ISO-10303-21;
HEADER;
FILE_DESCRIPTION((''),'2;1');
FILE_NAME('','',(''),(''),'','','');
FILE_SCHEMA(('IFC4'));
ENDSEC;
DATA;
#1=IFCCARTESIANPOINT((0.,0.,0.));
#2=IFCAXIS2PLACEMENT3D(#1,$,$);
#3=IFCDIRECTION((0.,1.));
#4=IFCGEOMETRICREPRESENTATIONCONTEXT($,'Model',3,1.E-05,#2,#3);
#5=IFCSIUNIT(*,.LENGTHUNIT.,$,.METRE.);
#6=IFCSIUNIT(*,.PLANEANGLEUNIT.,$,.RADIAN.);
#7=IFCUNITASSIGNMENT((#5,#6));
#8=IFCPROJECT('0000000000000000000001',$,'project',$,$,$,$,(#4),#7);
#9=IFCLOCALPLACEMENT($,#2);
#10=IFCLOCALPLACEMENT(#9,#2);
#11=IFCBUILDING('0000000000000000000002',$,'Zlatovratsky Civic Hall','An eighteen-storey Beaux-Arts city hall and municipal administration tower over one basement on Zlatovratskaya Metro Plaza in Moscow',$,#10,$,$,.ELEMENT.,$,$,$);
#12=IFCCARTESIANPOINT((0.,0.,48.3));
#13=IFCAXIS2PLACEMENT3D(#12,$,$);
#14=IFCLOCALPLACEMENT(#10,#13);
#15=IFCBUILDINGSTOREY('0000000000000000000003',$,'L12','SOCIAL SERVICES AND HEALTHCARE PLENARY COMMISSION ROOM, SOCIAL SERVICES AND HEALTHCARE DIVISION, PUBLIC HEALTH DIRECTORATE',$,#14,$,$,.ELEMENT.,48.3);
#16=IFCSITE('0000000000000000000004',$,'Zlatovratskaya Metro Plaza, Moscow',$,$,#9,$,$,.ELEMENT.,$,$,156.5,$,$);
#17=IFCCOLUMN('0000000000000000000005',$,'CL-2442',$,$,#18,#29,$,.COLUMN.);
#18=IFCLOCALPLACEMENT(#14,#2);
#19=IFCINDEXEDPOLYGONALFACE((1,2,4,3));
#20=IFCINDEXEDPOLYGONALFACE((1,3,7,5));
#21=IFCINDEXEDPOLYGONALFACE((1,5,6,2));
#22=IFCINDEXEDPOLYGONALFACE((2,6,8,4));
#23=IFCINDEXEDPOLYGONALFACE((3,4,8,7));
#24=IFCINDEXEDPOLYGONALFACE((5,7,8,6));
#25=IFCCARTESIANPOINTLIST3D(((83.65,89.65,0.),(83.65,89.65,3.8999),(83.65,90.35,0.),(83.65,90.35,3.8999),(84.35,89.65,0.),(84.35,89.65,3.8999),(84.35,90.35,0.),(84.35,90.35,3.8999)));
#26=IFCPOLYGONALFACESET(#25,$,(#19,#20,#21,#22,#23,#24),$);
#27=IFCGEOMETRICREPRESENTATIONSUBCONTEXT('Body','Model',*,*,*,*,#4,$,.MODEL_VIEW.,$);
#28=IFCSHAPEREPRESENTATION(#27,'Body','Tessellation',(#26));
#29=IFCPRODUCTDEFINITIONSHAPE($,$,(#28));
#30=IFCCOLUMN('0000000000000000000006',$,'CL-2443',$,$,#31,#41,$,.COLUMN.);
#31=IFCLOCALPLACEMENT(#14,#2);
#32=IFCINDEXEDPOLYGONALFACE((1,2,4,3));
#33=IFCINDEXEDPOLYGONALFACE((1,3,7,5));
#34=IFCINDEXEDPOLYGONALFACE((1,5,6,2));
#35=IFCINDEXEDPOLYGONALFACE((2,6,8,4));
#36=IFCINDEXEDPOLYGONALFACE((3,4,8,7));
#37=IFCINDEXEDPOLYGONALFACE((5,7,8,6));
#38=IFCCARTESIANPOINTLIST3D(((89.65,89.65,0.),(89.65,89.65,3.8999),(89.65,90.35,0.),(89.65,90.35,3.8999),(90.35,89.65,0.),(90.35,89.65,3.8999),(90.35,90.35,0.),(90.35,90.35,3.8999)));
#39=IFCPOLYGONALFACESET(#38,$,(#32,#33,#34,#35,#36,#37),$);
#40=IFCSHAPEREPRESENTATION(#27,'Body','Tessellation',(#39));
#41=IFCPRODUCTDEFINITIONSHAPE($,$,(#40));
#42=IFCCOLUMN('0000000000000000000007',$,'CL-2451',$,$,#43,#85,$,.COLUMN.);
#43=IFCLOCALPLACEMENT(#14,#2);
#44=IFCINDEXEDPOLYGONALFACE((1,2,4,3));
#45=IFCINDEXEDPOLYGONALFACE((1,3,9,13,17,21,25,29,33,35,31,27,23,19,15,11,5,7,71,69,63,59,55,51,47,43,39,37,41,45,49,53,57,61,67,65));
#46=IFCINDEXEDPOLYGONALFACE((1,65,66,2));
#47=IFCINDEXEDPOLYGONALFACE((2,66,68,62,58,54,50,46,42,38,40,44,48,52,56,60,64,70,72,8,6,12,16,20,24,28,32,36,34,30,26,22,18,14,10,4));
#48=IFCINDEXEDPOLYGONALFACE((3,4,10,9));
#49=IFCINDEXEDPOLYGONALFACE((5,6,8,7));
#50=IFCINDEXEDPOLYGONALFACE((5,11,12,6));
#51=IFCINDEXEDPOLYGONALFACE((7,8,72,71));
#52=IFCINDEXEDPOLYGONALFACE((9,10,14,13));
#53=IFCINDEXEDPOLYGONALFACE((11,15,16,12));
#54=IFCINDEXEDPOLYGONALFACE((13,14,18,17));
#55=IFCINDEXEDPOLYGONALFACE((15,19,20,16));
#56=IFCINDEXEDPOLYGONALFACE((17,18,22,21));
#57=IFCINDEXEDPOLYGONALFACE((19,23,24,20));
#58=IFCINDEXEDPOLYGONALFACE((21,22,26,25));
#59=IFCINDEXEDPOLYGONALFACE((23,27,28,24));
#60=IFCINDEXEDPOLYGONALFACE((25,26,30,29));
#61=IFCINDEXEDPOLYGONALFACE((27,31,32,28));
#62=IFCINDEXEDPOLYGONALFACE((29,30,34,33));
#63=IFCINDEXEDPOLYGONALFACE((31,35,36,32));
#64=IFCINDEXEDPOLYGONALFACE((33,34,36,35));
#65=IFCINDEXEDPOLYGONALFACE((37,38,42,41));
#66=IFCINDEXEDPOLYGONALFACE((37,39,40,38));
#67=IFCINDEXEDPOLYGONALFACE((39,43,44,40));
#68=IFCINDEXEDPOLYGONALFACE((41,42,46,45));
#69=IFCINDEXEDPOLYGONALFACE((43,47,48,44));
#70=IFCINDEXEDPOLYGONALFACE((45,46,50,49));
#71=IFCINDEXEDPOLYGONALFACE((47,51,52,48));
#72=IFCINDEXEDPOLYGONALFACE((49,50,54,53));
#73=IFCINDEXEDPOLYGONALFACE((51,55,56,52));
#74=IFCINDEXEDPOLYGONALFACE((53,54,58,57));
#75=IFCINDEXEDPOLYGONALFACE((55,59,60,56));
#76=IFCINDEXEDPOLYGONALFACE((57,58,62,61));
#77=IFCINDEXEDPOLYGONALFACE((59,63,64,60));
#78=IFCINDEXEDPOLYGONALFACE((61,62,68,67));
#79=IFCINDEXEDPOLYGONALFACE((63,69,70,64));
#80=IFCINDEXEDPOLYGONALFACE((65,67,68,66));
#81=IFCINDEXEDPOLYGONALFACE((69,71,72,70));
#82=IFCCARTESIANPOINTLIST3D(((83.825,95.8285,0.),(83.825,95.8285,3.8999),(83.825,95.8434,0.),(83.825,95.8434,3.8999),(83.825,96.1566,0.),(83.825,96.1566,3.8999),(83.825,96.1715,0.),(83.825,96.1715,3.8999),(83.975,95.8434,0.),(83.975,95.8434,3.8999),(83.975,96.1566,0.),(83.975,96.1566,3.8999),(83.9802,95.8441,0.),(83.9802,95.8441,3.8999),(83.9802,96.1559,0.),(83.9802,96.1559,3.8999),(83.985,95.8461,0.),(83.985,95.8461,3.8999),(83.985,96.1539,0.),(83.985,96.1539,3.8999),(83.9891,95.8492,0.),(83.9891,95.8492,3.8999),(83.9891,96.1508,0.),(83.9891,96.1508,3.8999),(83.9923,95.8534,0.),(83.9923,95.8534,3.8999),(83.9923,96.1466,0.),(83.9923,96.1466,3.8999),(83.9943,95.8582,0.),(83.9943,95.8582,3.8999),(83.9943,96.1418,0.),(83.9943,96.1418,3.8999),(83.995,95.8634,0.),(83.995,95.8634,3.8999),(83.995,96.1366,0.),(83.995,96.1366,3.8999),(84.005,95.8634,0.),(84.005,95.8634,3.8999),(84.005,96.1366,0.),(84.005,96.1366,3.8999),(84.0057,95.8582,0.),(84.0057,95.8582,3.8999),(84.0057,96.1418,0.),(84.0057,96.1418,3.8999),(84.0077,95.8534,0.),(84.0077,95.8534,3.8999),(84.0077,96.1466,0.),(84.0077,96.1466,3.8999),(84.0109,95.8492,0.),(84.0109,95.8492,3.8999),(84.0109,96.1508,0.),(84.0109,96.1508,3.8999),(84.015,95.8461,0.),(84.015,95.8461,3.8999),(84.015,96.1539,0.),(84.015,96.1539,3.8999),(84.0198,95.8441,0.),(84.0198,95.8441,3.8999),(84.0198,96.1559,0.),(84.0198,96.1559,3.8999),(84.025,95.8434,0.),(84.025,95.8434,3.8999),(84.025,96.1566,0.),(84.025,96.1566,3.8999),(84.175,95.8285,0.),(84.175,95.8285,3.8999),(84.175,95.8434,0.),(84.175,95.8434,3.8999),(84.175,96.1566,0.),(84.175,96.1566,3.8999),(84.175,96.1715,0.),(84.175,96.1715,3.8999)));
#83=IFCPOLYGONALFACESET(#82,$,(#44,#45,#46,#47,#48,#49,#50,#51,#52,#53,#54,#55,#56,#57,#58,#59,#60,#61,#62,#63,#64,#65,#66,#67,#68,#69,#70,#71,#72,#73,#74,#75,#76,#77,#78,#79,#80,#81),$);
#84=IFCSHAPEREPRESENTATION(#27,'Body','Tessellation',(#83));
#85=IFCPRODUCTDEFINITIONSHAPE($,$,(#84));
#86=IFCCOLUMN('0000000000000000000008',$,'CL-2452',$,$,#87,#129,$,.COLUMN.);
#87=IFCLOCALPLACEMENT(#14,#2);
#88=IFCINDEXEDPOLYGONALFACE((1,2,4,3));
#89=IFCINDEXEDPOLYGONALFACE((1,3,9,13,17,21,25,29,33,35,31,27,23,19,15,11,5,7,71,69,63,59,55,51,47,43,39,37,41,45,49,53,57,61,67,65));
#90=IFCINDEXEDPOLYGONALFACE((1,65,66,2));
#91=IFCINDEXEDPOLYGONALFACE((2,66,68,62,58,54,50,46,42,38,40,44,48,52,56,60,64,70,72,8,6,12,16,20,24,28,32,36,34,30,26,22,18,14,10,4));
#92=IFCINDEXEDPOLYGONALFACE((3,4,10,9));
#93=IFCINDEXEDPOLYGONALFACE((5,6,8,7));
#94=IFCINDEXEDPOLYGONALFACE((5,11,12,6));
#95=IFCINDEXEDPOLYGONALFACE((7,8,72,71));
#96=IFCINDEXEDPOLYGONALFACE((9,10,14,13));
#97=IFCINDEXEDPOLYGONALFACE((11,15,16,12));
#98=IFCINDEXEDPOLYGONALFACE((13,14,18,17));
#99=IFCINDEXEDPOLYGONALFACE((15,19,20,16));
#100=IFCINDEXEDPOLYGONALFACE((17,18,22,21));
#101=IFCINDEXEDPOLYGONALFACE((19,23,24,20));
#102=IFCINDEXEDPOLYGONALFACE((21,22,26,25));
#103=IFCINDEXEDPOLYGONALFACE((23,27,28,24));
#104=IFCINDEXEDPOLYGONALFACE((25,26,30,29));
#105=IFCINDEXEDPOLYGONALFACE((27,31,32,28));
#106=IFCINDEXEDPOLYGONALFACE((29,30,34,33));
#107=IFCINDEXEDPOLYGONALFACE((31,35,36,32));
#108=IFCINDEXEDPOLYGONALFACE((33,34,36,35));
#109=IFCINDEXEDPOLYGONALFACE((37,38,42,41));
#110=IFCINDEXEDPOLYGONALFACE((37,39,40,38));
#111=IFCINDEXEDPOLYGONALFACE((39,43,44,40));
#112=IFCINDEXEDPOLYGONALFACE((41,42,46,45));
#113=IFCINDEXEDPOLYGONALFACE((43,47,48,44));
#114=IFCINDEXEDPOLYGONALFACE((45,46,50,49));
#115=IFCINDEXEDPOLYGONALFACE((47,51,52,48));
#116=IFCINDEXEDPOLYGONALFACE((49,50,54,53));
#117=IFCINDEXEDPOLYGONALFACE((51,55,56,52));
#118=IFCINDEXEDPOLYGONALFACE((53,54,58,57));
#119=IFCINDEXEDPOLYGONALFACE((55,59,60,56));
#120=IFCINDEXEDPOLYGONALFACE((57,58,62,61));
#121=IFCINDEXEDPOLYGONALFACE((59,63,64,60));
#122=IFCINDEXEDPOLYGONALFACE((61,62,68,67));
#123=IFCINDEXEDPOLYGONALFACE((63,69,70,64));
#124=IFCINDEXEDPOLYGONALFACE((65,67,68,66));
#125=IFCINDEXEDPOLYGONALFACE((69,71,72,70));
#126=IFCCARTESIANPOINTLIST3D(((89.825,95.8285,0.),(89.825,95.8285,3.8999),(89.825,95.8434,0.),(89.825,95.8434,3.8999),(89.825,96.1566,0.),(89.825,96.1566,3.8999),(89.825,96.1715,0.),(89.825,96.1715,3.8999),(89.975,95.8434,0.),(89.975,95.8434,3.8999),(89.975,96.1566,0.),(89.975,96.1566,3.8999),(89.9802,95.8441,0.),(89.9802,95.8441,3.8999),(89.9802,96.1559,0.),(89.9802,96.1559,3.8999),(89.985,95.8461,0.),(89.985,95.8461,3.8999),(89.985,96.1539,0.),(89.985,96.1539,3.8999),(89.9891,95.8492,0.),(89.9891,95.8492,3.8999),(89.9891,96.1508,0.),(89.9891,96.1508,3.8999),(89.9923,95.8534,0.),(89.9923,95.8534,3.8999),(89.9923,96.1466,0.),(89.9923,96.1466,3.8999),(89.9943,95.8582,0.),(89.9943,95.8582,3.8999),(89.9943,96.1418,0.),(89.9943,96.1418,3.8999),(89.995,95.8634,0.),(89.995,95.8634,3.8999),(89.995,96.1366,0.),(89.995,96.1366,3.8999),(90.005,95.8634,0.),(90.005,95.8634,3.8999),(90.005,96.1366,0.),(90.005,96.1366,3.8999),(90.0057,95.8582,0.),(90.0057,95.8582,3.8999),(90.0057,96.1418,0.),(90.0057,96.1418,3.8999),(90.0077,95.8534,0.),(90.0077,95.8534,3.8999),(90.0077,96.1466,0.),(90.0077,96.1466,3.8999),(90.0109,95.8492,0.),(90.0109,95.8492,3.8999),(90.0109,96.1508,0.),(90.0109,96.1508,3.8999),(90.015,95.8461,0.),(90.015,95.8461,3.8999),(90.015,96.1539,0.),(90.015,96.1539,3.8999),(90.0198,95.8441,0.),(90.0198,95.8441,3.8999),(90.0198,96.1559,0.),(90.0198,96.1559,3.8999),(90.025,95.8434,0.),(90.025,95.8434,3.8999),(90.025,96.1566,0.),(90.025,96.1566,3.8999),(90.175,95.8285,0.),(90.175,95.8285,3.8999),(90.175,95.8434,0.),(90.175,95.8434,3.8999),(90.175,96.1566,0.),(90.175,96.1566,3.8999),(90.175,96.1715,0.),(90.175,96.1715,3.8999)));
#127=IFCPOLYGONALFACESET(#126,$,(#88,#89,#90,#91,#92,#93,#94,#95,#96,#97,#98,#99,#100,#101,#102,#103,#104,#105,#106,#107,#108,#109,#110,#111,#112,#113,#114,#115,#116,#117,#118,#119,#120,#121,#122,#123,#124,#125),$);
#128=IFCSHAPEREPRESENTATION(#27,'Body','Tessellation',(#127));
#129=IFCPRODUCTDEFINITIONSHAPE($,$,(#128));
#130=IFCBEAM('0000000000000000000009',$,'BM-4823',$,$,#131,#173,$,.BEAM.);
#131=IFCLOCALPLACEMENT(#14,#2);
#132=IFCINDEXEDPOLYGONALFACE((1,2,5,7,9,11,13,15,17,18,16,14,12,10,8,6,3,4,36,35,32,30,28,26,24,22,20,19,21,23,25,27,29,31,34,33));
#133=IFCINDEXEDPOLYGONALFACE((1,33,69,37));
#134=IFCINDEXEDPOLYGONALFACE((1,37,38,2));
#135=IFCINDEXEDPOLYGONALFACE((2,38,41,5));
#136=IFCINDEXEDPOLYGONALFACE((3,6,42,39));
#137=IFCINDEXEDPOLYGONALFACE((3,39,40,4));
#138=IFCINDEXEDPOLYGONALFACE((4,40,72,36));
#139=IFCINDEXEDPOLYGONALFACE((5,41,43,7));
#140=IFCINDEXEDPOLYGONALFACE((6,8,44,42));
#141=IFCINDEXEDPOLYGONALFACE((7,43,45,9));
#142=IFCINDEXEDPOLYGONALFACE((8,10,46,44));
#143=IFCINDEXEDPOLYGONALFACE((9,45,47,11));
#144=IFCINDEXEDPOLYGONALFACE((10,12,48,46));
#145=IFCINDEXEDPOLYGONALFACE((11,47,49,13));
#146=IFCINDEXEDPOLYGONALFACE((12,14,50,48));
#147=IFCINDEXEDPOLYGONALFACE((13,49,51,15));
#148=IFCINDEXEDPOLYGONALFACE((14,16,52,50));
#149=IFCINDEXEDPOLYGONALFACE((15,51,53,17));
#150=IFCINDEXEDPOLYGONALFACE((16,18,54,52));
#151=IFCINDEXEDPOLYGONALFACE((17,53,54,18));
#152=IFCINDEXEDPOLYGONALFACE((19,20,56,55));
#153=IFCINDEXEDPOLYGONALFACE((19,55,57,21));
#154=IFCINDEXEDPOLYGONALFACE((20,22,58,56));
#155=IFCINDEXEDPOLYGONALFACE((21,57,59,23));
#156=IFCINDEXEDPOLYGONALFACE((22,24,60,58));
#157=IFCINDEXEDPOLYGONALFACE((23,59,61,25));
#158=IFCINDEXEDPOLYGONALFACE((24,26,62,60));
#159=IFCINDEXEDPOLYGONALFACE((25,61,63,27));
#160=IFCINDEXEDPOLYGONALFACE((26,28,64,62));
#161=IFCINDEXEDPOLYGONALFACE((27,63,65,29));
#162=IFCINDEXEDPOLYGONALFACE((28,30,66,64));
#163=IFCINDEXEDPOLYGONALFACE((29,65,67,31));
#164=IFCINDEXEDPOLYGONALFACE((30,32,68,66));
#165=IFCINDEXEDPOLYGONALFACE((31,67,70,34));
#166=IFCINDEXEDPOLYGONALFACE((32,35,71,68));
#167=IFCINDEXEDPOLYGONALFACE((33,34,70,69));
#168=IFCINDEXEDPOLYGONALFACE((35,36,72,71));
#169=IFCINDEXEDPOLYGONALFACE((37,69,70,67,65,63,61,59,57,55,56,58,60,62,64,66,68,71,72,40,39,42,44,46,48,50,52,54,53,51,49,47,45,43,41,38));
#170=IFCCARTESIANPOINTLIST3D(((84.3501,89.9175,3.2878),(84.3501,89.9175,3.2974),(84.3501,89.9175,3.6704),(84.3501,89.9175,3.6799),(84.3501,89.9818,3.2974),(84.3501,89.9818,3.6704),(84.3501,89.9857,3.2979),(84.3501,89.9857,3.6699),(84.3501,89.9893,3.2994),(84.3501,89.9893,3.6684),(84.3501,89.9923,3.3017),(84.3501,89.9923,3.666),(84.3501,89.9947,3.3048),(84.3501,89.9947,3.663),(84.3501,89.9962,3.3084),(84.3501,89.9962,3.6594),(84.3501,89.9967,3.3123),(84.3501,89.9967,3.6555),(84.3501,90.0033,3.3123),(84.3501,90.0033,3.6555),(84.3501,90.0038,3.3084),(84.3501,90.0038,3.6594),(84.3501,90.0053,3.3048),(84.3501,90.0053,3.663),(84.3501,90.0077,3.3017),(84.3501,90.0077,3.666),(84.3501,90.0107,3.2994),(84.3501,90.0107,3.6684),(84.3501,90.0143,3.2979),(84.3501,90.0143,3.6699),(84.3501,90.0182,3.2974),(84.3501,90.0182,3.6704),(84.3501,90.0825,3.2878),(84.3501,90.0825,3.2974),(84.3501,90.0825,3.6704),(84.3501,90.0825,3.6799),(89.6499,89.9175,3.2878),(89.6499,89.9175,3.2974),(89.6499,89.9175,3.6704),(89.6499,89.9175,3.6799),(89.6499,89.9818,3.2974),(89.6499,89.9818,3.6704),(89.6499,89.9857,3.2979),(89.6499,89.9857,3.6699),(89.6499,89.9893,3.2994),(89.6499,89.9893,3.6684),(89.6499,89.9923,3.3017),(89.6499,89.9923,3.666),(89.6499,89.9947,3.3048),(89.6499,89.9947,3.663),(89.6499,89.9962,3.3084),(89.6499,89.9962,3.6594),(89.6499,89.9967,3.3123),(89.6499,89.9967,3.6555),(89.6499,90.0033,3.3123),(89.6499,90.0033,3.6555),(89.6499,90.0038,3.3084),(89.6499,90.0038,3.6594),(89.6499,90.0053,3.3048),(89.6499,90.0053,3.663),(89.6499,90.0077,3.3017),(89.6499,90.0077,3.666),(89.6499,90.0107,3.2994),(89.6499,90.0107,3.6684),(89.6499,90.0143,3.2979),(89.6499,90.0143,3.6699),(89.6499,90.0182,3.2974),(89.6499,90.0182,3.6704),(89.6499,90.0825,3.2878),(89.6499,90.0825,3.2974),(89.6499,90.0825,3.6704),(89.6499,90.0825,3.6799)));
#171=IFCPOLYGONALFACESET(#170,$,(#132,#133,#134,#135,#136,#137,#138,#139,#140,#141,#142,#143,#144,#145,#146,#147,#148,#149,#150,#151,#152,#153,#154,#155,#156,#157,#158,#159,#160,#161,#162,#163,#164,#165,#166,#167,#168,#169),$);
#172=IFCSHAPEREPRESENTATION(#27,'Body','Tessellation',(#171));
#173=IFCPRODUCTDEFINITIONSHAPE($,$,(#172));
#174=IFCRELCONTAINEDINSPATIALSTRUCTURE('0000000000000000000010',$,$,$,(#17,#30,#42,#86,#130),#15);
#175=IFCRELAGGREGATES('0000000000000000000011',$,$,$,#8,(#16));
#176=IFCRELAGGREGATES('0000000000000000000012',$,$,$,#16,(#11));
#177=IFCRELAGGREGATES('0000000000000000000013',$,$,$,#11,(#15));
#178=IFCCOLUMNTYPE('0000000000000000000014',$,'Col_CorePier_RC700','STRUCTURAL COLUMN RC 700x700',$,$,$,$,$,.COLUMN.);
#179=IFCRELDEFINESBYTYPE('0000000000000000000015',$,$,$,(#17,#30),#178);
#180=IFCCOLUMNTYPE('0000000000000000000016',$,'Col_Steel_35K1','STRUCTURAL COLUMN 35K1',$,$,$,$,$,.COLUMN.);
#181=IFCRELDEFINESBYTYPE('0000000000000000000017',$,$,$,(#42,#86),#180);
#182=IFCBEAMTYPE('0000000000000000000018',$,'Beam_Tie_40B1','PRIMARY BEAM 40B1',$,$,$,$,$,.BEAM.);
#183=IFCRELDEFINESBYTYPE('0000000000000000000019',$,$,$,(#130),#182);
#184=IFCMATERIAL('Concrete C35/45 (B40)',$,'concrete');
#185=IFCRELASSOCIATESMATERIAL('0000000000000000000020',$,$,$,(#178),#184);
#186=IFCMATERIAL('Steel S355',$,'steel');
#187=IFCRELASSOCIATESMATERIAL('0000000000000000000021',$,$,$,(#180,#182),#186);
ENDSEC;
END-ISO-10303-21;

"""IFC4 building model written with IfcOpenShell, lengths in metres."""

from ifc_helpers import new_model, si_unit, direction, frame, origin, origin_2d, place, context, subcontext, project, spatial, rectangle, i_section, extrude, material, material_profile, profile_set, type_object, element, save


model = new_model("IFC4")

# Units and contexts
model_context = context("Model", 3, precision=1e-05, world=origin(), true_north=direction((0.0, 1.0)))
body_context = subcontext(model_context, "Body", "Model", "MODEL_VIEW")
ifc_project = project(units=[si_unit("LENGTHUNIT", "METRE"), si_unit("PLANEANGLEUNIT", "RADIAN")], contexts=[model_context])

# Site, building, storey
site_placement = place(None, origin())
site = spatial("IfcSite", under=ifc_project, at=site_placement, Name="Zlatovratskaya Metro Plaza, Moscow", CompositionType="ELEMENT", RefElevation=156.5)
building_placement = place(site_placement, origin())
building = spatial("IfcBuilding", under=site, at=building_placement, Name="Zlatovratsky Civic Hall", Description="An eighteen-storey Beaux-Arts city hall and municipal administration tower over one basement on Zlatovratskaya Metro Plaza in Moscow", CompositionType="ELEMENT")
storey_placement = place(building_placement, frame((0.0, 0.0, 48.3)))
storey = spatial("IfcBuildingStorey", under=building, at=storey_placement, Name="L12", Description="SOCIAL SERVICES AND HEALTHCARE PLENARY COMMISSION ROOM, SOCIAL SERVICES AND HEALTHCARE DIVISION, PUBLIC HEALTH DIRECTORATE", CompositionType="ELEMENT", Elevation=48.3)

# Columns
ifc_material_1 = material(Name="Concrete C35/45 (B40)", Category="concrete")
ifc_material_profile_1 = material_profile(ifc_material_1, rectangle(XDim=0.7, YDim=0.7, at=origin_2d()), Name="RC 700x700")
ifc_profile_set_1 = profile_set([ifc_material_profile_1], Name="Concrete C35/45 (B40)")
column_type_1 = type_object("IfcColumnType", Name="Col_CorePier_RC700", Description="STRUCTURAL COLUMN RC 700x700", PredefinedType="COLUMN", material=ifc_profile_set_1)
for number, where, z_axis, x_axis, name in (
    (1, (84.0, 90.0, 0.0), (0.0, 0.0, 1.0), (1.0, 0.0, 0.0), "CL-2442"),
    (2, (90.0, 90.0, 0.0), (0.0, 0.0, 1.0), (1.0, 0.0, 0.0), "CL-2443"),
):
    element("IfcColumn", number, at=place(storey_placement, frame(where, z_axis=z_axis, x_axis=x_axis)), inside=storey, type_object=column_type_1, Name=name, PredefinedType="COLUMN", context=body_context, shape_type="SweptSolid", body=[
        extrude(rectangle(XDim=0.7, YDim=0.7, at=origin_2d()), origin(), (0.0, 0.0, 1.0), 3.8999),
    ])
ifc_material_2 = material(Name="Steel S355", Category="steel")
ifc_material_profile_2 = material_profile(ifc_material_2, i_section(OverallWidth=0.3501, OverallDepth=0.343, WebThickness=0.01, FlangeThickness=0.0149, FilletRadius=0.02, at=origin_2d()), Name="35K1")
ifc_profile_set_2 = profile_set([ifc_material_profile_2], Name="Steel S355")
column_type_2 = type_object("IfcColumnType", Name="Col_Steel_35K1", Description="STRUCTURAL COLUMN 35K1", PredefinedType="COLUMN", material=ifc_profile_set_2)
for number, where, z_axis, x_axis, name in (
    (3, (84.0, 96.0, 0.0), (0.0, 0.0, 1.0), (1.0, 0.0, 0.0), "CL-2451"),
    (4, (90.0, 96.0, 0.0), (0.0, 0.0, 1.0), (1.0, 0.0, 0.0), "CL-2452"),
):
    element("IfcColumn", number, at=place(storey_placement, frame(where, z_axis=z_axis, x_axis=x_axis)), inside=storey, type_object=column_type_2, Name=name, PredefinedType="COLUMN", context=body_context, shape_type="SweptSolid", body=[
        extrude(i_section(OverallWidth=0.3501, OverallDepth=0.343, WebThickness=0.01, FlangeThickness=0.0149, FilletRadius=0.02, at=origin_2d()), origin(), (0.0, 0.0, 1.0), 3.8999),
    ])

# Beam
ifc_material_profile_3 = material_profile(ifc_material_2, i_section(OverallWidth=0.165, OverallDepth=0.3921, WebThickness=0.0066, FlangeThickness=0.0095, FilletRadius=0.0149, at=origin_2d()), Name="40B1")
ifc_profile_set_3 = profile_set([ifc_material_profile_3], Name="Steel S355")
beam_type_1 = type_object("IfcBeamType", Name="Beam_Tie_40B1", Description="PRIMARY BEAM 40B1", PredefinedType="BEAM", material=ifc_profile_set_3)
for number, where, z_axis, x_axis, name in (
    (5, (84.3501, 90.0, 3.4839), (1.0, 0.0, 0.0), (0.0, 1.0, 0.0), "BM-4823"),
):
    element("IfcBeam", number, at=place(storey_placement, frame(where, z_axis=z_axis, x_axis=x_axis)), inside=storey, type_object=beam_type_1, Name=name, PredefinedType="BEAM", context=body_context, shape_type="SweptSolid", body=[
        extrude(i_section(OverallWidth=0.165, OverallDepth=0.3921, WebThickness=0.0066, FlangeThickness=0.0095, FilletRadius=0.0149, at=origin_2d()), origin(), (0.0, 0.0, 1.0), 5.2998),
    ])

save(model, "model.ifc")
